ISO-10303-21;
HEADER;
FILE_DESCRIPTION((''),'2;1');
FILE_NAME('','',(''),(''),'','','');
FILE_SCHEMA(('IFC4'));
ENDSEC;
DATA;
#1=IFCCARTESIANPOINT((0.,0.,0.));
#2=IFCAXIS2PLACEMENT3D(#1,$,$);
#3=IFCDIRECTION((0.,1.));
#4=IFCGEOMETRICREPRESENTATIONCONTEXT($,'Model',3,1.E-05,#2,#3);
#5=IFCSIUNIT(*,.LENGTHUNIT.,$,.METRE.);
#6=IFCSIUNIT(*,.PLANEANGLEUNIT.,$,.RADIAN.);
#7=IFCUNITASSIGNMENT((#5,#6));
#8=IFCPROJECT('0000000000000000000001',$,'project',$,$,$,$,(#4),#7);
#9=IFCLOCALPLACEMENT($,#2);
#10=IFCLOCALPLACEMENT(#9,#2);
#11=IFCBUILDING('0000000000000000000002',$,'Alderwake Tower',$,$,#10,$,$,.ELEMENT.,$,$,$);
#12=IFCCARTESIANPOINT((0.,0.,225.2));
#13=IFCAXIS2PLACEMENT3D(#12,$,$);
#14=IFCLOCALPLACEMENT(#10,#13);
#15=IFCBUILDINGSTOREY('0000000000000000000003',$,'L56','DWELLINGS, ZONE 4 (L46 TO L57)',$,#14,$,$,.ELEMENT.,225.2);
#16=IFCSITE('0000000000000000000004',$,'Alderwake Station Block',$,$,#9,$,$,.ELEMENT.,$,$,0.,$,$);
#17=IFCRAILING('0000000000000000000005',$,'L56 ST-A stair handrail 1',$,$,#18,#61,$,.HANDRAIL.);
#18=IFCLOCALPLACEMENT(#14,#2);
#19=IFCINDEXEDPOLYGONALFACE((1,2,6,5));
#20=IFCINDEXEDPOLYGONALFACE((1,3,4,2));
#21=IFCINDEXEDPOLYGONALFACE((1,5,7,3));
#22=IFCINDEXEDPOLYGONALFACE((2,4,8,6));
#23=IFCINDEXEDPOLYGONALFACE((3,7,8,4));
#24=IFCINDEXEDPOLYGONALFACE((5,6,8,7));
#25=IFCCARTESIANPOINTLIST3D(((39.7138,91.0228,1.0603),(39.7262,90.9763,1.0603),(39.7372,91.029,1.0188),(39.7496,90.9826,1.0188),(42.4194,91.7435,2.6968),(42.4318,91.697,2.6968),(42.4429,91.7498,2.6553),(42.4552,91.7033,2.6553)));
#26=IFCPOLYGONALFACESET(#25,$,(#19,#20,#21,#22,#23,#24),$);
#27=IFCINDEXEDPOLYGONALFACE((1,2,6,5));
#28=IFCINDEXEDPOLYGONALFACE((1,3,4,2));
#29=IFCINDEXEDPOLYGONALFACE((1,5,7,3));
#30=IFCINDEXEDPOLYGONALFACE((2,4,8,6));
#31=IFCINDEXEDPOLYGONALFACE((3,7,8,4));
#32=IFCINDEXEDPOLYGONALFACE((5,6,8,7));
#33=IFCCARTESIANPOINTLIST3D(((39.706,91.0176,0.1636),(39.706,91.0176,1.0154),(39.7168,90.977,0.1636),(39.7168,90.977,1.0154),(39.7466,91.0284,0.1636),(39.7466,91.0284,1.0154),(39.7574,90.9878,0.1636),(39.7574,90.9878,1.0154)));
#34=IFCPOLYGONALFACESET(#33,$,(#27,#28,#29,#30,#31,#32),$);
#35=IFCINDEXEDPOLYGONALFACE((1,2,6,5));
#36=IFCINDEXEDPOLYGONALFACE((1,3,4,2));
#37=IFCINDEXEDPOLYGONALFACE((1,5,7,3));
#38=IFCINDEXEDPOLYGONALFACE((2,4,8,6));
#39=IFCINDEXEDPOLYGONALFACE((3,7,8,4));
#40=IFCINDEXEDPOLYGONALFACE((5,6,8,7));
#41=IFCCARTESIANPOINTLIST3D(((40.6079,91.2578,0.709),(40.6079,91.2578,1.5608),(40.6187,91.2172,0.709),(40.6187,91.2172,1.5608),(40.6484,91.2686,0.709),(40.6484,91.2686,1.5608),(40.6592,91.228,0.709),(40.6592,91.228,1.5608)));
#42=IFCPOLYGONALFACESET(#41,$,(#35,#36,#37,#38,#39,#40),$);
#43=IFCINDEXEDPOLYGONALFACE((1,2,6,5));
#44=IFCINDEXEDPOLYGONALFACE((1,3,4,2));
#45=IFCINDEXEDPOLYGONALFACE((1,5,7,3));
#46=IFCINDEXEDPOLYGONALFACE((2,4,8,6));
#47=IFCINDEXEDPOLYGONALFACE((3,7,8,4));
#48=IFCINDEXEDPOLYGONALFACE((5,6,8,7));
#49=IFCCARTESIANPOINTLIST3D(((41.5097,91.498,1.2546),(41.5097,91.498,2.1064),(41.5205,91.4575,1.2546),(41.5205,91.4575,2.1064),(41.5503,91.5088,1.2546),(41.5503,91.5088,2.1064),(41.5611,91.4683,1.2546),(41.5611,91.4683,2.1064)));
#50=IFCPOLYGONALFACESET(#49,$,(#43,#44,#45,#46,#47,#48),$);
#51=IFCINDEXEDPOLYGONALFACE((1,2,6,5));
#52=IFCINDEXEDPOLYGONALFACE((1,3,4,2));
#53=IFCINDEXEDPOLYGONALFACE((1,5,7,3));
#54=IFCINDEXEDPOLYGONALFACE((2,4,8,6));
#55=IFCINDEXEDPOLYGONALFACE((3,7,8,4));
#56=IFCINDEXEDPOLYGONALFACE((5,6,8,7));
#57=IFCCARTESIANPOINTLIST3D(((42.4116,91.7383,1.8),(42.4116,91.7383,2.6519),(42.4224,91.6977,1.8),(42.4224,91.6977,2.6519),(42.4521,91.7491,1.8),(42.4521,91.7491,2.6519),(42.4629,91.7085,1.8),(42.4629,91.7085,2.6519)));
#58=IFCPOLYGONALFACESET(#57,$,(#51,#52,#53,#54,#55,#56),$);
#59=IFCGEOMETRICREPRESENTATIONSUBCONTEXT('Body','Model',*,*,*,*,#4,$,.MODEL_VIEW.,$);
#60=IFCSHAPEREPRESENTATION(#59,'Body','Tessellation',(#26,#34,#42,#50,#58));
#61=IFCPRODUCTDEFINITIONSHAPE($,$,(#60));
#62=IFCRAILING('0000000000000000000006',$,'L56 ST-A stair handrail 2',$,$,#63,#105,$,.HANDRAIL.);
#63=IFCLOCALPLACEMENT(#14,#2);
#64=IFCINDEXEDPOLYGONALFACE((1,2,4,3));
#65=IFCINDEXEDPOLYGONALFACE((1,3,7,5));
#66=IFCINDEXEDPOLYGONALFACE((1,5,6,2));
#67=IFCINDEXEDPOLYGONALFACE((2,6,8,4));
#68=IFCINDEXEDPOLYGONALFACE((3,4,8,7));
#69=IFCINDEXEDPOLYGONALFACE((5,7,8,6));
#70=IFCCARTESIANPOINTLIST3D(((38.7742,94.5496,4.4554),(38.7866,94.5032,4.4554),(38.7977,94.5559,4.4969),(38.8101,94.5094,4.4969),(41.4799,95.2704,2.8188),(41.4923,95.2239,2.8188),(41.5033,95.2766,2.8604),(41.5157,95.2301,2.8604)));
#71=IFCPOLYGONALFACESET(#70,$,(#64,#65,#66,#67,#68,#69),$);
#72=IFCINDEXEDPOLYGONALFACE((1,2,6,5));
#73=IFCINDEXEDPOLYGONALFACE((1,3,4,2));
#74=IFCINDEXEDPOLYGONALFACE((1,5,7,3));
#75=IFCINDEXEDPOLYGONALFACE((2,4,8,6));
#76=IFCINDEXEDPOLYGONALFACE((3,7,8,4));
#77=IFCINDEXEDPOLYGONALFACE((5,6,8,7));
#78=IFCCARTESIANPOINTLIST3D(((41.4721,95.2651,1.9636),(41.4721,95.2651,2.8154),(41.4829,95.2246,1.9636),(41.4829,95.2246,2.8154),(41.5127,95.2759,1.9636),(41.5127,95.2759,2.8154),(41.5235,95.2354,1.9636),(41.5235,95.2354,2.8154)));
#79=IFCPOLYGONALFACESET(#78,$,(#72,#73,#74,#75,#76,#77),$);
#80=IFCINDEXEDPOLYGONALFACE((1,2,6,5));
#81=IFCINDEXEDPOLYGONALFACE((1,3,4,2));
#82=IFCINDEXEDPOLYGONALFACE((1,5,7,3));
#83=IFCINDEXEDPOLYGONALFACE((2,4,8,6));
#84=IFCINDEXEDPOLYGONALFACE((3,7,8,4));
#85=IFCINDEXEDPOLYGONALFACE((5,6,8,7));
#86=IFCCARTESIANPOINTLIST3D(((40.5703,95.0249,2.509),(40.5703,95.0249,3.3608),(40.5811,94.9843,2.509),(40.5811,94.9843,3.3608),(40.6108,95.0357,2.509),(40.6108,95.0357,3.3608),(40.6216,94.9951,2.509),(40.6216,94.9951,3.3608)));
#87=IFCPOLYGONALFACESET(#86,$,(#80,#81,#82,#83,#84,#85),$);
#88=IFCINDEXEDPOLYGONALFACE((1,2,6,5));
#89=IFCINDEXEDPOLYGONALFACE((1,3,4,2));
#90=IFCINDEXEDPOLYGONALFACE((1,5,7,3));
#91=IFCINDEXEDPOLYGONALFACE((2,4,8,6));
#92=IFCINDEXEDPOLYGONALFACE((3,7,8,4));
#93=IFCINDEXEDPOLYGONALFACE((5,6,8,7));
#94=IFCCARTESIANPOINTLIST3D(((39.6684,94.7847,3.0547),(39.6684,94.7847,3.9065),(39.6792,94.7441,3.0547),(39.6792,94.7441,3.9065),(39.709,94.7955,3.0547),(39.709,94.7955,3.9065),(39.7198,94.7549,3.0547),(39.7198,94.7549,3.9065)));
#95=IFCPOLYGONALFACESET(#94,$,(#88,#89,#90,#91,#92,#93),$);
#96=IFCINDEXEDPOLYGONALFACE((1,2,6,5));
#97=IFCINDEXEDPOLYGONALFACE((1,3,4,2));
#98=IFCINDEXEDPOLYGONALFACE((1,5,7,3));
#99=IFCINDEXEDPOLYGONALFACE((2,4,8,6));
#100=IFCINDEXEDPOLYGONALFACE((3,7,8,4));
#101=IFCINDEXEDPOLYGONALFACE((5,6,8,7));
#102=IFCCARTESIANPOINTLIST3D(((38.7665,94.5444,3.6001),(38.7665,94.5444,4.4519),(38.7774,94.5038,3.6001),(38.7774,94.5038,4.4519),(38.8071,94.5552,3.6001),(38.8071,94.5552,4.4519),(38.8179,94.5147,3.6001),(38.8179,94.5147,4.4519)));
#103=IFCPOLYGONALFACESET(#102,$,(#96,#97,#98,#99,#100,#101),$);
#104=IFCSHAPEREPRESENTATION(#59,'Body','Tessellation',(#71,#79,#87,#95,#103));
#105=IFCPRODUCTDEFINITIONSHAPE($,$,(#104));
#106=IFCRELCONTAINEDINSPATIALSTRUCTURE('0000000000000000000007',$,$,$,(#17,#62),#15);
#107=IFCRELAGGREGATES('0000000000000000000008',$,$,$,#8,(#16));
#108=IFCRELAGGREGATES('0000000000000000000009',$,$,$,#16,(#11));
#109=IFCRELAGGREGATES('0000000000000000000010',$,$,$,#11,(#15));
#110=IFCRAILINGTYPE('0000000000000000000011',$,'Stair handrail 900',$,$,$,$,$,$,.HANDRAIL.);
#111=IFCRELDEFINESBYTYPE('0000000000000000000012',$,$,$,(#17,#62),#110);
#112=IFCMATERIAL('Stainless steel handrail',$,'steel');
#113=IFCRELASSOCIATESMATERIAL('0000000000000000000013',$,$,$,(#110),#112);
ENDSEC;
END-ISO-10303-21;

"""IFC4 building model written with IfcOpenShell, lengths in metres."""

from ifc_helpers import new_model, si_unit, direction, frame, origin, origin_2d, place, context, subcontext, project, spatial, rectangle, extrude, material, type_object, element, save


model = new_model("IFC4")

# Units and contexts
model_context = context("Model", 3, precision=1e-05, world=origin(), true_north=direction((0.0, 1.0)))
body_context = subcontext(model_context, "Body", "Model", "MODEL_VIEW")
ifc_project = project(units=[si_unit("LENGTHUNIT", "METRE"), si_unit("PLANEANGLEUNIT", "RADIAN")], contexts=[model_context])

# Site, building, storey
site_placement = place(None, origin())
site = spatial("IfcSite", under=ifc_project, at=site_placement, Name="Alderwake Station Block", CompositionType="ELEMENT", RefElevation=0.0)
building_placement = place(site_placement, origin())
building = spatial("IfcBuilding", under=site, at=building_placement, Name="Alderwake Tower", CompositionType="ELEMENT")
storey_placement = place(building_placement, frame((0.0, 0.0, 225.2)))
storey = spatial("IfcBuildingStorey", under=building, at=storey_placement, Name="L56", Description="DWELLINGS, ZONE 4 (L46 TO L57)", CompositionType="ELEMENT", Elevation=225.2)

# Railings
ifc_material_1 = material(Name="Stainless steel handrail", Category="steel")
railing_type_1 = type_object("IfcRailingType", Name="Stair handrail 900", PredefinedType="HANDRAIL", material=ifc_material_1)
railing_1_placement = place(storey_placement, frame((39.7317, 91.0027, 0.1636)))
element("IfcRailing", 1, at=railing_1_placement, inside=storey, type_object=railing_type_1, Name="L56 ST-A stair handrail 1", PredefinedType="HANDRAIL", context=body_context, shape_type="SweptSolid", body=[
    extrude(rectangle(XDim=0.0481, YDim=0.0481, at=origin_2d()), frame((0.0, 0.0, 0.876), z_axis=(0.834259, 0.222228, 0.504605), x_axis=(-0.257402, 0.966304, 0.0)), (0.0, 0.0, 1.0), 3.2432),
    extrude(rectangle(XDim=0.042, YDim=0.042, at=origin_2d()), frame((0.0, 0.0, 0.0), z_axis=(0.0, 0.0, 1.0), x_axis=(0.966304, 0.257402, 0.0)), (0.0, 0.0, 1.0), 0.8518),
    extrude(rectangle(XDim=0.042, YDim=0.042, at=origin_2d()), frame((0.9019, 0.2402, 0.5454), z_axis=(0.0, 0.0, 1.0), x_axis=(0.966304, 0.257402, 0.0)), (0.0, 0.0, 1.0), 0.8518),
    extrude(rectangle(XDim=0.042, YDim=0.042, at=origin_2d()), frame((1.8037, 0.4805, 1.0911), z_axis=(0.0, 0.0, 1.0), x_axis=(0.966304, 0.257402, 0.0)), (0.0, 0.0, 1.0), 0.8518),
    extrude(rectangle(XDim=0.042, YDim=0.042, at=origin_2d()), frame((2.7056, 0.7207, 1.6365), z_axis=(0.0, 0.0, 1.0), x_axis=(0.966304, 0.257402, 0.0)), (0.0, 0.0, 1.0), 0.8518),
])
railing_2_placement = place(storey_placement, frame((41.4978, 95.2502, 1.9636)))
element("IfcRailing", 2, at=railing_2_placement, inside=storey, type_object=railing_type_1, Name="L56 ST-A stair handrail 2", PredefinedType="HANDRAIL", context=body_context, shape_type="SweptSolid", body=[
    extrude(rectangle(XDim=0.0481, YDim=0.0481, at=origin_2d()), frame((0.0, 0.0, 0.876), z_axis=(-0.834259, -0.222228, 0.504605), x_axis=(0.257402, -0.966304, 0.0)), (0.0, 0.0, 1.0), 3.2432),
    extrude(rectangle(XDim=0.042, YDim=0.042, at=origin_2d()), frame((0.0, 0.0, 0.0), z_axis=(0.0, 0.0, 1.0), x_axis=(-0.966304, -0.257402, 0.0)), (0.0, 0.0, 1.0), 0.8518),
    extrude(rectangle(XDim=0.042, YDim=0.042, at=origin_2d()), frame((-0.9019, -0.2402, 0.5454), z_axis=(0.0, 0.0, 1.0), x_axis=(-0.966304, -0.257402, 0.0)), (0.0, 0.0, 1.0), 0.8518),
    extrude(rectangle(XDim=0.042, YDim=0.042, at=origin_2d()), frame((-1.8037, -0.4805, 1.0911), z_axis=(0.0, 0.0, 1.0), x_axis=(-0.966304, -0.257402, 0.0)), (0.0, 0.0, 1.0), 0.8518),
    extrude(rectangle(XDim=0.042, YDim=0.042, at=origin_2d()), frame((-2.7056, -0.7207, 1.6365), z_axis=(0.0, 0.0, 1.0), x_axis=(-0.966304, -0.257402, 0.0)), (0.0, 0.0, 1.0), 0.8518),
])

save(model, "model.ifc")
